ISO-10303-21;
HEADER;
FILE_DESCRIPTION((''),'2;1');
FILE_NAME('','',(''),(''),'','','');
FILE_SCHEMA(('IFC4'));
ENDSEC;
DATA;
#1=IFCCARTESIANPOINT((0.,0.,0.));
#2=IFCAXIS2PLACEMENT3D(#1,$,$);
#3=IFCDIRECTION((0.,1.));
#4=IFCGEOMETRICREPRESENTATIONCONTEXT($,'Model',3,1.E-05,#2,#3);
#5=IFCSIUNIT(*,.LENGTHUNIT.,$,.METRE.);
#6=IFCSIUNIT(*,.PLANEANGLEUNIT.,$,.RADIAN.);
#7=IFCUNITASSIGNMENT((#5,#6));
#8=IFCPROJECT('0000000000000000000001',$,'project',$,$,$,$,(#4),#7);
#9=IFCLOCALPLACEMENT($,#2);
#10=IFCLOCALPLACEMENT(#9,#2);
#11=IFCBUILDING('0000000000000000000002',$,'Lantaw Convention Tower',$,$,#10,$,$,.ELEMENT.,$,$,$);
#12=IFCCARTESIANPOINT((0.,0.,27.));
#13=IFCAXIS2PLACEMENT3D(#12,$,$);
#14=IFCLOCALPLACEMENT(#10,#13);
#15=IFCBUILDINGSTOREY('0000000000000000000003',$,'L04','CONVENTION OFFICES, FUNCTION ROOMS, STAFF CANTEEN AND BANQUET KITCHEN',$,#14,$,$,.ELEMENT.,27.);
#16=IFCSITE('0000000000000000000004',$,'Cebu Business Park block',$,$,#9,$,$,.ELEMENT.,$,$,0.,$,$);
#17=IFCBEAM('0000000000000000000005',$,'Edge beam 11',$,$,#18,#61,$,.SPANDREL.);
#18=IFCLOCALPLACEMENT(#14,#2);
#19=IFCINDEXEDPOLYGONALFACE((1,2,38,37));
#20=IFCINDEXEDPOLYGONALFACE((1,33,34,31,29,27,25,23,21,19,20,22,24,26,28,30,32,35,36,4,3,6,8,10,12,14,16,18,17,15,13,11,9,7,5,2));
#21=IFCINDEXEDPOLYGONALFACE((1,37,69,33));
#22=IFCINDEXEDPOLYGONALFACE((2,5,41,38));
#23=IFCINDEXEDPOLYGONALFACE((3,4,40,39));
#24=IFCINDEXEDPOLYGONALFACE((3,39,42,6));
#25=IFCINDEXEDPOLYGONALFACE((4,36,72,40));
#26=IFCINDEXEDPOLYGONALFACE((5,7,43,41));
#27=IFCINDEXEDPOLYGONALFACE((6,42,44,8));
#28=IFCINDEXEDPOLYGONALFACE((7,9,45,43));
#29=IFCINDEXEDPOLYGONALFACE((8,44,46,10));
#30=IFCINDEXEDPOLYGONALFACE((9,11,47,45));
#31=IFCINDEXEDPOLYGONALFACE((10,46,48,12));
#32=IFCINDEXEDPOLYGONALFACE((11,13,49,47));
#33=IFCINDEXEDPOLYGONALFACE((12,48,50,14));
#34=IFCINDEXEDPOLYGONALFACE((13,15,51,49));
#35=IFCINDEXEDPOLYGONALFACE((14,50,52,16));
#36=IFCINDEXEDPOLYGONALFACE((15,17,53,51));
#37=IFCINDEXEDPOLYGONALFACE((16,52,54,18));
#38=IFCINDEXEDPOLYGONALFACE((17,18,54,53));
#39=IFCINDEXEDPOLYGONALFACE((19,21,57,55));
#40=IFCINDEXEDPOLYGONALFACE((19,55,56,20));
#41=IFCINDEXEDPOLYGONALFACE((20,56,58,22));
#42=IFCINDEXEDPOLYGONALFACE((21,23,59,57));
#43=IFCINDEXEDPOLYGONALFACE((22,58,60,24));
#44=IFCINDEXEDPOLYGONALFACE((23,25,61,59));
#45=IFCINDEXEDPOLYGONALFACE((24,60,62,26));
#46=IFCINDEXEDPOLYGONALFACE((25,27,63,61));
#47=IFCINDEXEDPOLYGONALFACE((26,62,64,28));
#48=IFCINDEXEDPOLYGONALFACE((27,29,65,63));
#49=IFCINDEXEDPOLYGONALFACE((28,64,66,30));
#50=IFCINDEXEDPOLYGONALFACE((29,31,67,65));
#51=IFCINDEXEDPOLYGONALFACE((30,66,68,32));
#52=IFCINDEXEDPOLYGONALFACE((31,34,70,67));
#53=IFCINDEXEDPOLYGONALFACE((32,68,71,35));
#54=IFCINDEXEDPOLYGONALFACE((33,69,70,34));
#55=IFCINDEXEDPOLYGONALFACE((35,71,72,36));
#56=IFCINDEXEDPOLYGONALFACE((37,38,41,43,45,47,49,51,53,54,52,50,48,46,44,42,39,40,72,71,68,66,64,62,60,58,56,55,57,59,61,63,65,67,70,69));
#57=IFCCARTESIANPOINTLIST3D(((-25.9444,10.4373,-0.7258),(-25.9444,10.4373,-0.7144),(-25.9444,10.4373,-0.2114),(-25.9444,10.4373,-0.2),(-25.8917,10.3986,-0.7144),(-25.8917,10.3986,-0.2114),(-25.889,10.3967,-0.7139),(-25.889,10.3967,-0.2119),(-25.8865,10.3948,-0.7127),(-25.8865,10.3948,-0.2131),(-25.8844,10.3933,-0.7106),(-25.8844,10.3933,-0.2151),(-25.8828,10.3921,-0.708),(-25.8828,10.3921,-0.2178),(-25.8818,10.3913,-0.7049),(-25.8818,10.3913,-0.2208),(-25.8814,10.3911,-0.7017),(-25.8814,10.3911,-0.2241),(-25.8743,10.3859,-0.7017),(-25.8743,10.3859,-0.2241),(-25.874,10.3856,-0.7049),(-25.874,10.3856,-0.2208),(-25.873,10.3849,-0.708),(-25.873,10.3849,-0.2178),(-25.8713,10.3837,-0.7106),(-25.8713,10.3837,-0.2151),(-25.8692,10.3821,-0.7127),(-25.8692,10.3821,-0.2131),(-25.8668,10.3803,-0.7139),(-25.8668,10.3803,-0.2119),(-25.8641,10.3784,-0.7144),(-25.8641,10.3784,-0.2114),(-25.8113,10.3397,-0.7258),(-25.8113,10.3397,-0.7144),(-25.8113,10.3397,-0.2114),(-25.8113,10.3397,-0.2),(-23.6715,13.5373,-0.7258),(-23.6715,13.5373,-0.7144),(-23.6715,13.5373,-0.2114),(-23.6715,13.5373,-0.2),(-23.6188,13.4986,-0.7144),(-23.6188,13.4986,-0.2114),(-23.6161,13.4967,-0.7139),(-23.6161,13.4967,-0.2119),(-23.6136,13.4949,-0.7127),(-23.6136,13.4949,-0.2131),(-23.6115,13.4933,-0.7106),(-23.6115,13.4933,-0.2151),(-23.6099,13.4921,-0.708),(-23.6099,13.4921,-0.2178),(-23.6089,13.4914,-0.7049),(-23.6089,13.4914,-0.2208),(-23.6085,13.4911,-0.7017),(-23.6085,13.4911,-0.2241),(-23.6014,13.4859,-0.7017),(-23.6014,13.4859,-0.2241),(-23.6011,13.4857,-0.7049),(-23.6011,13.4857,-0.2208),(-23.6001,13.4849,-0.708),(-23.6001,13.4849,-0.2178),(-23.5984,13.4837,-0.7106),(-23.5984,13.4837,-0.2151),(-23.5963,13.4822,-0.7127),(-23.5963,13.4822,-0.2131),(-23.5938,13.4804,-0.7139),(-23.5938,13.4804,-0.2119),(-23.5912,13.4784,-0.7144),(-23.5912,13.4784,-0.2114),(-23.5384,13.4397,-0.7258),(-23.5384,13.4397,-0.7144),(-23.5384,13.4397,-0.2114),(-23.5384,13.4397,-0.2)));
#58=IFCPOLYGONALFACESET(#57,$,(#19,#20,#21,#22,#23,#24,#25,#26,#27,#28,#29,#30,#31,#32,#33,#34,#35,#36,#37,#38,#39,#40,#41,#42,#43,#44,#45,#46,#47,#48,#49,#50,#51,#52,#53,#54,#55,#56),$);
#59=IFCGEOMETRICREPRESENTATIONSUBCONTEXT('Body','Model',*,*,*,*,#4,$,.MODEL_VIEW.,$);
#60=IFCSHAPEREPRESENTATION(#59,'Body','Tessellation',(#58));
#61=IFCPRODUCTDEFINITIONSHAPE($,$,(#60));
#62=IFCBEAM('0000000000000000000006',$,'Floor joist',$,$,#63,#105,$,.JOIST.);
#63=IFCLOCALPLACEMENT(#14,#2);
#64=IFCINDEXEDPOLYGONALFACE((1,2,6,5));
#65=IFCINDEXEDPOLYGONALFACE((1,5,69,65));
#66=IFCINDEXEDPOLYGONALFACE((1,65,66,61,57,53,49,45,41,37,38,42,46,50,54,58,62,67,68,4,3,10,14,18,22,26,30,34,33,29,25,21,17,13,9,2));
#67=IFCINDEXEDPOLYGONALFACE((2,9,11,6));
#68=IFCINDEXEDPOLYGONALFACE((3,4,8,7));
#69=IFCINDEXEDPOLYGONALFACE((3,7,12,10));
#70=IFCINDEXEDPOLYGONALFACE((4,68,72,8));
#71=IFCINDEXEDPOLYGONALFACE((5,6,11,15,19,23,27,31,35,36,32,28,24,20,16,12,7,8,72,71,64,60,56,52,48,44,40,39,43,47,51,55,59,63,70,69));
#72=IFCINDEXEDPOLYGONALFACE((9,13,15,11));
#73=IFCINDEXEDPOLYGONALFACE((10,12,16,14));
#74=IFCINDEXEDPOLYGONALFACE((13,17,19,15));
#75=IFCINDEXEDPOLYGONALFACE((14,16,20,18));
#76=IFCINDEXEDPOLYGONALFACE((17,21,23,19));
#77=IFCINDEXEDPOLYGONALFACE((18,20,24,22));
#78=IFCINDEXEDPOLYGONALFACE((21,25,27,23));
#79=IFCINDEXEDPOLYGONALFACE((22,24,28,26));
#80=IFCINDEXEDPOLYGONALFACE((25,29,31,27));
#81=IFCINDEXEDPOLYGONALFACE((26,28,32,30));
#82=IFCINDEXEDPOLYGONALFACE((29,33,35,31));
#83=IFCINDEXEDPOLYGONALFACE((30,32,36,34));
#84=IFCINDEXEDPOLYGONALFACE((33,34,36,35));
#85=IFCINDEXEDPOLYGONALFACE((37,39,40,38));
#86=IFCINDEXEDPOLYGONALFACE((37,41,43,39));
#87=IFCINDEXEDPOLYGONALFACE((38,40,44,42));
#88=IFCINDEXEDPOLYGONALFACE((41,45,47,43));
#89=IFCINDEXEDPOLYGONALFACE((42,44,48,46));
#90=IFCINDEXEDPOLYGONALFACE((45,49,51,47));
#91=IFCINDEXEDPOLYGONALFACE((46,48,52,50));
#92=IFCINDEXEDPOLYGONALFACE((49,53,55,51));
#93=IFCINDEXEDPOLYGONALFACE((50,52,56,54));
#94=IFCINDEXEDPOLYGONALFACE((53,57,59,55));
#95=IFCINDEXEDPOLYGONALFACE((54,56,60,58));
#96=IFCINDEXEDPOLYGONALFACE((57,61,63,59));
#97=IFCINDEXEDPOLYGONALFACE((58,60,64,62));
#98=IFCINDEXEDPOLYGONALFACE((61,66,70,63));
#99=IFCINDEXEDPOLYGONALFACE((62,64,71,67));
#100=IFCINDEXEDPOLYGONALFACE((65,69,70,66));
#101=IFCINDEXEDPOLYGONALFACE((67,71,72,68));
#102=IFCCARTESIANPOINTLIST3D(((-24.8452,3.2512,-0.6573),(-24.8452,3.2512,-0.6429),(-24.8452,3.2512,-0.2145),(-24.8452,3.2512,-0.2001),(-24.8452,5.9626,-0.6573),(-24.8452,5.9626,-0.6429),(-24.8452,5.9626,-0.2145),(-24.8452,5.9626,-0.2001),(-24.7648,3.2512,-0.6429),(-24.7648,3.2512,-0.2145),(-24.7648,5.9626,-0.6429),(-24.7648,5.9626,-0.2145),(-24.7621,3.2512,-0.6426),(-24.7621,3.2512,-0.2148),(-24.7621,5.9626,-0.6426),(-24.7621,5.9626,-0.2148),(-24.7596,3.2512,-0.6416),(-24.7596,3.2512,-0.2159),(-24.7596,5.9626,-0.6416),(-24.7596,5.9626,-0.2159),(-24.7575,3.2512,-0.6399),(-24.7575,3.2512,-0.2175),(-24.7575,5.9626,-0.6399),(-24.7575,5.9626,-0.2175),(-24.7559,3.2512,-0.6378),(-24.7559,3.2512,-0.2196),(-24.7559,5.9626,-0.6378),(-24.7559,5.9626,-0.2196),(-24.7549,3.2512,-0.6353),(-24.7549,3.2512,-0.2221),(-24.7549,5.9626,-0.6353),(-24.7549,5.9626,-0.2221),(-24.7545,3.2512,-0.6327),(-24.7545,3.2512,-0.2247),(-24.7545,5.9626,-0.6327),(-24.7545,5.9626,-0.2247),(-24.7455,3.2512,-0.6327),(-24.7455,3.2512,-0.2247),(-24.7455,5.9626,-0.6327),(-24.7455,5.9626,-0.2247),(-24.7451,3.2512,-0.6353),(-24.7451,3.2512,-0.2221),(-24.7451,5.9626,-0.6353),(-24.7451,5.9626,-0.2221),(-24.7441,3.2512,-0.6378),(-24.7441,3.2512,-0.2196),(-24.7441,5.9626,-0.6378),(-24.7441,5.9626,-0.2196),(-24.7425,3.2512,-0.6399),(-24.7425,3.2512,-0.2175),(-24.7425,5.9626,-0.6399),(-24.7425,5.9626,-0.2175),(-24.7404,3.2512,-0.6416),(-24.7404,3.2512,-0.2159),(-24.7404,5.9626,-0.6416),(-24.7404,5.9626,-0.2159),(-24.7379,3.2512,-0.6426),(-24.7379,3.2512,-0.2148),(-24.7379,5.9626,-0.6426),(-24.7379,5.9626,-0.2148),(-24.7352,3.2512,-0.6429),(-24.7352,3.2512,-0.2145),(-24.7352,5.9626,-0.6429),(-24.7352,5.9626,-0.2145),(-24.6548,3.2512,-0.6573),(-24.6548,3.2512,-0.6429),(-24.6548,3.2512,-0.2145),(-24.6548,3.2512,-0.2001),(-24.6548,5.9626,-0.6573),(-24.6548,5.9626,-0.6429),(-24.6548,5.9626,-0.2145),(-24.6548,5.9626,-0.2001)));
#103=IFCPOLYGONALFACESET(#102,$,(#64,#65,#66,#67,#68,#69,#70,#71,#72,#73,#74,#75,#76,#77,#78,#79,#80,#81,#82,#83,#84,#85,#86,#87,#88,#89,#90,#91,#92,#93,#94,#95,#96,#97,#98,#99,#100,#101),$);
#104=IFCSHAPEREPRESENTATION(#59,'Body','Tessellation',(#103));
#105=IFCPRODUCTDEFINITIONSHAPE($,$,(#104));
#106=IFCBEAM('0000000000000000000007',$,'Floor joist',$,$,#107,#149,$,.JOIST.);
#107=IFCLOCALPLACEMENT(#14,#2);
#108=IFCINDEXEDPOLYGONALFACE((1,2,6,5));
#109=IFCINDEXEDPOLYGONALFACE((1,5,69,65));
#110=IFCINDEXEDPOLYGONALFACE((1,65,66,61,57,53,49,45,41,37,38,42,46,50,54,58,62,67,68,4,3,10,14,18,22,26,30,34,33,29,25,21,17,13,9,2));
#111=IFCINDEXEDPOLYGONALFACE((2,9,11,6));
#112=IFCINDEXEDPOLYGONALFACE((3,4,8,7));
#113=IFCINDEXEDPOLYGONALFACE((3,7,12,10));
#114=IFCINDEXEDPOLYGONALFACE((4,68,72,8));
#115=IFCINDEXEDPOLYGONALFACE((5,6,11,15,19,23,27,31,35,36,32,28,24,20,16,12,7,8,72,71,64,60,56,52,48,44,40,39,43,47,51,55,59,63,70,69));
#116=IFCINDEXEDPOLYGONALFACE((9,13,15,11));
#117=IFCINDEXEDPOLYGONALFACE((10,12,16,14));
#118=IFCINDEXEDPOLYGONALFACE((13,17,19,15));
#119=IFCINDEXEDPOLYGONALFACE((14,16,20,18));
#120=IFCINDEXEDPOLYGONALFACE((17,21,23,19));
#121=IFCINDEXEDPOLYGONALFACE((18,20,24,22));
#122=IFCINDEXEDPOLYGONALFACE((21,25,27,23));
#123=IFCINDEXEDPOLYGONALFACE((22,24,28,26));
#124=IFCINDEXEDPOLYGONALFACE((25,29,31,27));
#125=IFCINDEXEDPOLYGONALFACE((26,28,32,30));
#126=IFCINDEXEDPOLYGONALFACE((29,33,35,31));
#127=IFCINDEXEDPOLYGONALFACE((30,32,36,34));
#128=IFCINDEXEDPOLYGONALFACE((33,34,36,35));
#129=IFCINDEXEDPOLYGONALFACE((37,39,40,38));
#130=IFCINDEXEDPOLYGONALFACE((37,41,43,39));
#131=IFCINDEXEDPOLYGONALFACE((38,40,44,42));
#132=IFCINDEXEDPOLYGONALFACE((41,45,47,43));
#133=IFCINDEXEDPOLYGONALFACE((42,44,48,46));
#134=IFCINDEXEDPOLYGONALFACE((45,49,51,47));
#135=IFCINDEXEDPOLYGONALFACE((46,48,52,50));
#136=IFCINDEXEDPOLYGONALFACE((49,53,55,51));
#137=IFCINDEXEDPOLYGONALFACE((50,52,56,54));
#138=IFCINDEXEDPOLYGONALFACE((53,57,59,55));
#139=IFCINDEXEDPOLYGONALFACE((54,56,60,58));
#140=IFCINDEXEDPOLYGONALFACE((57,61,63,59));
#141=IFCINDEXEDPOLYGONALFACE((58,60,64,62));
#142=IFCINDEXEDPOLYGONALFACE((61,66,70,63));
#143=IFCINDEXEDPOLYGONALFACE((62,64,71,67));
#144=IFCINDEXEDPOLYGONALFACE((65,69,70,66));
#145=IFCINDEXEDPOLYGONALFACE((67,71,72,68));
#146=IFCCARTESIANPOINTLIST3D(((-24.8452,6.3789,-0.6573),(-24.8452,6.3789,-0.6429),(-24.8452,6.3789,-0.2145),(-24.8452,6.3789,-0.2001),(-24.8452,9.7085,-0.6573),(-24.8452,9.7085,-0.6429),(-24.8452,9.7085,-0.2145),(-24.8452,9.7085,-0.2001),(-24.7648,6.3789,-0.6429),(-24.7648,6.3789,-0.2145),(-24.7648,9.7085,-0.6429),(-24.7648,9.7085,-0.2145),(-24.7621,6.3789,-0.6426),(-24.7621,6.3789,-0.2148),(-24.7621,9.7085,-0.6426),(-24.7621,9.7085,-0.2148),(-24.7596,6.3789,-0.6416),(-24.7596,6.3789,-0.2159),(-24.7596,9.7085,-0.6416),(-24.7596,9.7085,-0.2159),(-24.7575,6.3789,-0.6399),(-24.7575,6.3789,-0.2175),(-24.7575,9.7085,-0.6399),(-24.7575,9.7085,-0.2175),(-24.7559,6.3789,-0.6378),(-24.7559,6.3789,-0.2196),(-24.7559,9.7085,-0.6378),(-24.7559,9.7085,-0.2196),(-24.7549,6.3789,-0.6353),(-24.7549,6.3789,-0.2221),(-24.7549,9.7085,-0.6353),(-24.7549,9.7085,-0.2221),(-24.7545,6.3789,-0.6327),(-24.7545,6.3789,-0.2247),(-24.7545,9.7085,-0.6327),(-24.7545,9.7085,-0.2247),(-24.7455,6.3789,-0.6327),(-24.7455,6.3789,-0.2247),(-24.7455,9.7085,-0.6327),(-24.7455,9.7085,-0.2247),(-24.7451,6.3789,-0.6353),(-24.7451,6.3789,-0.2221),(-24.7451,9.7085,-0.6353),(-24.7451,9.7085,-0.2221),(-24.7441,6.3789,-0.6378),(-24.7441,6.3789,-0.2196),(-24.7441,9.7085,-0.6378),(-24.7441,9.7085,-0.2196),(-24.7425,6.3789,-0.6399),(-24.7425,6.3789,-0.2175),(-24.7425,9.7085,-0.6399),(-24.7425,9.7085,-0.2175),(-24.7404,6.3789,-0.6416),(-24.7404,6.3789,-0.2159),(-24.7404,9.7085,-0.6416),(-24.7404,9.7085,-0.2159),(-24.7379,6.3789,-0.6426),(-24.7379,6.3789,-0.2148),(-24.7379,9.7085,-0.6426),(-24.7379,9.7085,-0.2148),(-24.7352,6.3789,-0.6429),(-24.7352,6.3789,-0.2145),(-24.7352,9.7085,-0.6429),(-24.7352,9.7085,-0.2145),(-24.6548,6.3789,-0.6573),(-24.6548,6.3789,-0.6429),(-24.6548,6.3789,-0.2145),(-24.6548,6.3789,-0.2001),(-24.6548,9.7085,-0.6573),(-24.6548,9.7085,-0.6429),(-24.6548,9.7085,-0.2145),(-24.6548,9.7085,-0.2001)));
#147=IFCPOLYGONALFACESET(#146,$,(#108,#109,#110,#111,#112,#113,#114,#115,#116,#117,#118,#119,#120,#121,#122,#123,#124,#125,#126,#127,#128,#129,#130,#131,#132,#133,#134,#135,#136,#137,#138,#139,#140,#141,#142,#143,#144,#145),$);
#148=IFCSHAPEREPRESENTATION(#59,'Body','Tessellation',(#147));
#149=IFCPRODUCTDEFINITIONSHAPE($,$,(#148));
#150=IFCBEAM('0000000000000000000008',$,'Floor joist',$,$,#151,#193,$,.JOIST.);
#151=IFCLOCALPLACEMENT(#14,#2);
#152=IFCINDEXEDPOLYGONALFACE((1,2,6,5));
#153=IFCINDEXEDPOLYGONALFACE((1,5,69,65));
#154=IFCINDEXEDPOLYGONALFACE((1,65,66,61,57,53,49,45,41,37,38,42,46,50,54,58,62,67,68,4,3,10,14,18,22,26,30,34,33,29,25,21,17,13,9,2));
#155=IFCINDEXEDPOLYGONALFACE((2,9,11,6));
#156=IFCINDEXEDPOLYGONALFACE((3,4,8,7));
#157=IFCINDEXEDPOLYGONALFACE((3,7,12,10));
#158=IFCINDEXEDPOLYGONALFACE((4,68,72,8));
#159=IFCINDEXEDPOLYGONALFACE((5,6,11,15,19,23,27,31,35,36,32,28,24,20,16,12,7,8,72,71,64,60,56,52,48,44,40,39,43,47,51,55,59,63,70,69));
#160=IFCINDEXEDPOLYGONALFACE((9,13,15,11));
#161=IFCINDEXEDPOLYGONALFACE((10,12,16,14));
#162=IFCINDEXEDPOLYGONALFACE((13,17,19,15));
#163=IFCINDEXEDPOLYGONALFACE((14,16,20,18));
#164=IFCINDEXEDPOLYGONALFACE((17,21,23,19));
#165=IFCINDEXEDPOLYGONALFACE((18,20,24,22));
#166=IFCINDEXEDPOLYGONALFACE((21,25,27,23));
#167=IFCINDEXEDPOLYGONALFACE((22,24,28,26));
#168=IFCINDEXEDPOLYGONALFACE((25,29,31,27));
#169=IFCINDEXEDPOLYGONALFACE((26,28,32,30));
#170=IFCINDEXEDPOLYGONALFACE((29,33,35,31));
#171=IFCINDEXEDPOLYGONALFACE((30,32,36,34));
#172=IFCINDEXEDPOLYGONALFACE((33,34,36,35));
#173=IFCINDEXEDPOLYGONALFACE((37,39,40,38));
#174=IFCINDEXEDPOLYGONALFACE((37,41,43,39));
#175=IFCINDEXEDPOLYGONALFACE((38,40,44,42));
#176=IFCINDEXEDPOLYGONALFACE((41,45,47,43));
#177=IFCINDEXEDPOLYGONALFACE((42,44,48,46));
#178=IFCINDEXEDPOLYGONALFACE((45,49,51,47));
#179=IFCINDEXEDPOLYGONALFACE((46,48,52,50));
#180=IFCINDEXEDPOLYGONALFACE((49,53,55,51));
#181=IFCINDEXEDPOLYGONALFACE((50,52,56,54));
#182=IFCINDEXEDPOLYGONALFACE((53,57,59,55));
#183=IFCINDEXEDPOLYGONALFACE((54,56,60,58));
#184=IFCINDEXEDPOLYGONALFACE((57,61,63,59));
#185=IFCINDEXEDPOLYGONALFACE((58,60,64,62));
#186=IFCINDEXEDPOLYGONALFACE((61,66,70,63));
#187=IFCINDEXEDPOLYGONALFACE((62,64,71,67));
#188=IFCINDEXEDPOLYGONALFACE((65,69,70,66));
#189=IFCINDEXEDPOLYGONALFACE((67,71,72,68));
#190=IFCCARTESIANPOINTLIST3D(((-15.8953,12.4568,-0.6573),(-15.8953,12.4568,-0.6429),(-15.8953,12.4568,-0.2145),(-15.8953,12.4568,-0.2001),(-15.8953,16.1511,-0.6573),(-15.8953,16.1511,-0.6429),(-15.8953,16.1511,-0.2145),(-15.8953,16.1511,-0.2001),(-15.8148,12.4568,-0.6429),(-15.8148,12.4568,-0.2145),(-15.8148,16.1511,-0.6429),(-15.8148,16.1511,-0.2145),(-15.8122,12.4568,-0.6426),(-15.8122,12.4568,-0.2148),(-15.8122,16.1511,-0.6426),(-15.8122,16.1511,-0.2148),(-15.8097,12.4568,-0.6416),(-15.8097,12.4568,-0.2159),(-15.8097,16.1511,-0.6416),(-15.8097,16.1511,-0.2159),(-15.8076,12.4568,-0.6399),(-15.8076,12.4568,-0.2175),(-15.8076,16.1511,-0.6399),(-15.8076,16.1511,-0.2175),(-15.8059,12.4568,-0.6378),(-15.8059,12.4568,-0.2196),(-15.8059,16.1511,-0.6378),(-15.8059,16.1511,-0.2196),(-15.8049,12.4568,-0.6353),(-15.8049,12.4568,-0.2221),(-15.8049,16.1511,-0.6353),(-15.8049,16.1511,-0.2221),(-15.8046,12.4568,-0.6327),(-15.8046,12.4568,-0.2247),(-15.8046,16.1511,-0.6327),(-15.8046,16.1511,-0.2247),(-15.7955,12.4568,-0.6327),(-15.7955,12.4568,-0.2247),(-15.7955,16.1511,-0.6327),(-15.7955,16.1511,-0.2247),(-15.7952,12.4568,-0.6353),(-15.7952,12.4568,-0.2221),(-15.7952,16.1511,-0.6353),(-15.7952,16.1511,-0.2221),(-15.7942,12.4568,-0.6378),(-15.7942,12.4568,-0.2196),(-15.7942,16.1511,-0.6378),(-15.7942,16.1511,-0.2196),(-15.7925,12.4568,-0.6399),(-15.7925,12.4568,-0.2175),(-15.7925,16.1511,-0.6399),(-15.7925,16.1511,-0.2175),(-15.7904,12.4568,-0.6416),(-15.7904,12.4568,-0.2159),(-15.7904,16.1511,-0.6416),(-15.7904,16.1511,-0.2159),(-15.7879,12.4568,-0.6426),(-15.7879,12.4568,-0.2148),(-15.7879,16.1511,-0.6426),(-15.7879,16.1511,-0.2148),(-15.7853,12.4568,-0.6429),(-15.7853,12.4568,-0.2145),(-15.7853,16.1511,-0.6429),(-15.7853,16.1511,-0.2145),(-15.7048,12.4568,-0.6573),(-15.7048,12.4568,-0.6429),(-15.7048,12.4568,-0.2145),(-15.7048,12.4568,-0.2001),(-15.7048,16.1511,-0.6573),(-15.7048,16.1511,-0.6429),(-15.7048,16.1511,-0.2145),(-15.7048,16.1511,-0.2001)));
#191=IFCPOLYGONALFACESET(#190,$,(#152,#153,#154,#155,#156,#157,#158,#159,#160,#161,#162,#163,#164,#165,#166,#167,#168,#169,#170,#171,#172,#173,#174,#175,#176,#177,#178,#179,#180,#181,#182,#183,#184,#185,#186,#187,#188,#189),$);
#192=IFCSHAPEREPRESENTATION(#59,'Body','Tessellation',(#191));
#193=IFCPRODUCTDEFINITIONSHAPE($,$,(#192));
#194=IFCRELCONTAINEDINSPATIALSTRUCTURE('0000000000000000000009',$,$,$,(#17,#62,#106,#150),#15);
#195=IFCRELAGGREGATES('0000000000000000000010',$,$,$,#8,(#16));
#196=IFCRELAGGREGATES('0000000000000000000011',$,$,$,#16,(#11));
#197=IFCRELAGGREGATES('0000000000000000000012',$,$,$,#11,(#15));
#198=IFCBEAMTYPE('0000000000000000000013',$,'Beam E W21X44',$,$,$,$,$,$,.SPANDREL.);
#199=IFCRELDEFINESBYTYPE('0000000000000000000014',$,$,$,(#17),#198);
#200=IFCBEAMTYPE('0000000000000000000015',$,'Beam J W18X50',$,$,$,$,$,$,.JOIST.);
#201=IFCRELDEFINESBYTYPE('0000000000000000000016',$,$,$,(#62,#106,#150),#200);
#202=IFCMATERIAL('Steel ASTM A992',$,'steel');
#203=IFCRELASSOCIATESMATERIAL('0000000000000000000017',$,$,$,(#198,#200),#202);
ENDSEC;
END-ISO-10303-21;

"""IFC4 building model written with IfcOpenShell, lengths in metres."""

from ifc_helpers import new_model, si_unit, direction, frame, origin, origin_2d, place, context, subcontext, project, spatial, i_section, extrude, material, material_profile, profile_set, type_object, element, save


model = new_model("IFC4")

# Units and contexts
model_context = context("Model", 3, precision=1e-05, world=origin(), true_north=direction((0.0, 1.0)))
body_context = subcontext(model_context, "Body", "Model", "MODEL_VIEW")
ifc_project = project(units=[si_unit("LENGTHUNIT", "METRE"), si_unit("PLANEANGLEUNIT", "RADIAN")], contexts=[model_context])

# Site, building, storey
site_placement = place(None, origin())
site = spatial("IfcSite", under=ifc_project, at=site_placement, Name="Cebu Business Park block", CompositionType="ELEMENT", RefElevation=0.0)
building_placement = place(site_placement, origin())
building = spatial("IfcBuilding", under=site, at=building_placement, Name="Lantaw Convention Tower", CompositionType="ELEMENT")
storey_placement = place(building_placement, frame((0.0, 0.0, 27.0)))
storey = spatial("IfcBuildingStorey", under=building, at=storey_placement, Name="L04", Description="CONVENTION OFFICES, FUNCTION ROOMS, STAFF CANTEEN AND BANQUET KITCHEN", CompositionType="ELEMENT", Elevation=27.0)

# Beams
ifc_material_1 = material(Name="Steel ASTM A992", Category="steel")
ifc_material_profile_1 = material_profile(ifc_material_1, i_section(OverallWidth=0.165, OverallDepth=0.5259, WebThickness=0.0088, FlangeThickness=0.0115, FilletRadius=0.0127, at=origin_2d()), Name="W21X44")
ifc_profile_set_1 = profile_set([ifc_material_profile_1], Name="Steel ASTM A992")
beam_type_1 = type_object("IfcBeamType", Name="Beam E W21X44", PredefinedType="SPANDREL", material=ifc_profile_set_1)
beam_1_placement = place(storey_placement, frame((-23.605, 13.4885, -0.4629), z_axis=(-0.591287, -0.806462, 0.0), x_axis=(0.806462, -0.591287, 0.0)))
element("IfcBeam", 1, at=beam_1_placement, inside=storey, type_object=beam_type_1, Name="Edge beam 11", PredefinedType="SPANDREL", context=body_context, shape_type="SweptSolid", body=[
    extrude(i_section(OverallWidth=0.165, OverallDepth=0.5259, WebThickness=0.0088, FlangeThickness=0.0115, FilletRadius=0.0127, at=origin_2d()), origin(), (0.0, 0.0, 1.0), 3.844),
])
ifc_material_profile_2 = material_profile(ifc_material_1, i_section(OverallWidth=0.1904, OverallDepth=0.4573, WebThickness=0.009, FlangeThickness=0.0144, FilletRadius=0.0103, at=origin_2d()), Name="W18X50")
ifc_profile_set_2 = profile_set([ifc_material_profile_2], Name="Steel ASTM A992")
beam_type_2 = type_object("IfcBeamType", Name="Beam J W18X50", PredefinedType="JOIST", material=ifc_profile_set_2)
beam_2_placement = place(storey_placement, frame((-24.75, 3.2512, -0.4287), z_axis=(0.0, 1.0, 0.0), x_axis=(-1.0, 0.0, 0.0)))
element("IfcBeam", 2, at=beam_2_placement, inside=storey, type_object=beam_type_2, Name="Floor joist", PredefinedType="JOIST", context=body_context, shape_type="SweptSolid", body=[
    extrude(i_section(OverallWidth=0.1904, OverallDepth=0.4573, WebThickness=0.009, FlangeThickness=0.0144, FilletRadius=0.0103, at=origin_2d()), origin(), (0.0, 0.0, 1.0), 2.7114),
])
beam_3_placement = place(storey_placement, frame((-24.75, 6.3789, -0.4287), z_axis=(0.0, 1.0, 0.0), x_axis=(-1.0, 0.0, 0.0)))
element("IfcBeam", 3, at=beam_3_placement, inside=storey, type_object=beam_type_2, Name="Floor joist", PredefinedType="JOIST", context=body_context, shape_type="SweptSolid", body=[
    extrude(i_section(OverallWidth=0.1904, OverallDepth=0.4573, WebThickness=0.009, FlangeThickness=0.0144, FilletRadius=0.0103, at=origin_2d()), origin(), (0.0, 0.0, 1.0), 3.3296),
])
beam_4_placement = place(storey_placement, frame((-15.8, 12.4568, -0.4287), z_axis=(0.0, 1.0, 0.0), x_axis=(-1.0, 0.0, 0.0)))
element("IfcBeam", 4, at=beam_4_placement, inside=storey, type_object=beam_type_2, Name="Floor joist", PredefinedType="JOIST", context=body_context, shape_type="SweptSolid", body=[
    extrude(i_section(OverallWidth=0.1904, OverallDepth=0.4573, WebThickness=0.009, FlangeThickness=0.0144, FilletRadius=0.0103, at=origin_2d()), origin(), (0.0, 0.0, 1.0), 3.6943),
])

save(model, "model.ifc")
